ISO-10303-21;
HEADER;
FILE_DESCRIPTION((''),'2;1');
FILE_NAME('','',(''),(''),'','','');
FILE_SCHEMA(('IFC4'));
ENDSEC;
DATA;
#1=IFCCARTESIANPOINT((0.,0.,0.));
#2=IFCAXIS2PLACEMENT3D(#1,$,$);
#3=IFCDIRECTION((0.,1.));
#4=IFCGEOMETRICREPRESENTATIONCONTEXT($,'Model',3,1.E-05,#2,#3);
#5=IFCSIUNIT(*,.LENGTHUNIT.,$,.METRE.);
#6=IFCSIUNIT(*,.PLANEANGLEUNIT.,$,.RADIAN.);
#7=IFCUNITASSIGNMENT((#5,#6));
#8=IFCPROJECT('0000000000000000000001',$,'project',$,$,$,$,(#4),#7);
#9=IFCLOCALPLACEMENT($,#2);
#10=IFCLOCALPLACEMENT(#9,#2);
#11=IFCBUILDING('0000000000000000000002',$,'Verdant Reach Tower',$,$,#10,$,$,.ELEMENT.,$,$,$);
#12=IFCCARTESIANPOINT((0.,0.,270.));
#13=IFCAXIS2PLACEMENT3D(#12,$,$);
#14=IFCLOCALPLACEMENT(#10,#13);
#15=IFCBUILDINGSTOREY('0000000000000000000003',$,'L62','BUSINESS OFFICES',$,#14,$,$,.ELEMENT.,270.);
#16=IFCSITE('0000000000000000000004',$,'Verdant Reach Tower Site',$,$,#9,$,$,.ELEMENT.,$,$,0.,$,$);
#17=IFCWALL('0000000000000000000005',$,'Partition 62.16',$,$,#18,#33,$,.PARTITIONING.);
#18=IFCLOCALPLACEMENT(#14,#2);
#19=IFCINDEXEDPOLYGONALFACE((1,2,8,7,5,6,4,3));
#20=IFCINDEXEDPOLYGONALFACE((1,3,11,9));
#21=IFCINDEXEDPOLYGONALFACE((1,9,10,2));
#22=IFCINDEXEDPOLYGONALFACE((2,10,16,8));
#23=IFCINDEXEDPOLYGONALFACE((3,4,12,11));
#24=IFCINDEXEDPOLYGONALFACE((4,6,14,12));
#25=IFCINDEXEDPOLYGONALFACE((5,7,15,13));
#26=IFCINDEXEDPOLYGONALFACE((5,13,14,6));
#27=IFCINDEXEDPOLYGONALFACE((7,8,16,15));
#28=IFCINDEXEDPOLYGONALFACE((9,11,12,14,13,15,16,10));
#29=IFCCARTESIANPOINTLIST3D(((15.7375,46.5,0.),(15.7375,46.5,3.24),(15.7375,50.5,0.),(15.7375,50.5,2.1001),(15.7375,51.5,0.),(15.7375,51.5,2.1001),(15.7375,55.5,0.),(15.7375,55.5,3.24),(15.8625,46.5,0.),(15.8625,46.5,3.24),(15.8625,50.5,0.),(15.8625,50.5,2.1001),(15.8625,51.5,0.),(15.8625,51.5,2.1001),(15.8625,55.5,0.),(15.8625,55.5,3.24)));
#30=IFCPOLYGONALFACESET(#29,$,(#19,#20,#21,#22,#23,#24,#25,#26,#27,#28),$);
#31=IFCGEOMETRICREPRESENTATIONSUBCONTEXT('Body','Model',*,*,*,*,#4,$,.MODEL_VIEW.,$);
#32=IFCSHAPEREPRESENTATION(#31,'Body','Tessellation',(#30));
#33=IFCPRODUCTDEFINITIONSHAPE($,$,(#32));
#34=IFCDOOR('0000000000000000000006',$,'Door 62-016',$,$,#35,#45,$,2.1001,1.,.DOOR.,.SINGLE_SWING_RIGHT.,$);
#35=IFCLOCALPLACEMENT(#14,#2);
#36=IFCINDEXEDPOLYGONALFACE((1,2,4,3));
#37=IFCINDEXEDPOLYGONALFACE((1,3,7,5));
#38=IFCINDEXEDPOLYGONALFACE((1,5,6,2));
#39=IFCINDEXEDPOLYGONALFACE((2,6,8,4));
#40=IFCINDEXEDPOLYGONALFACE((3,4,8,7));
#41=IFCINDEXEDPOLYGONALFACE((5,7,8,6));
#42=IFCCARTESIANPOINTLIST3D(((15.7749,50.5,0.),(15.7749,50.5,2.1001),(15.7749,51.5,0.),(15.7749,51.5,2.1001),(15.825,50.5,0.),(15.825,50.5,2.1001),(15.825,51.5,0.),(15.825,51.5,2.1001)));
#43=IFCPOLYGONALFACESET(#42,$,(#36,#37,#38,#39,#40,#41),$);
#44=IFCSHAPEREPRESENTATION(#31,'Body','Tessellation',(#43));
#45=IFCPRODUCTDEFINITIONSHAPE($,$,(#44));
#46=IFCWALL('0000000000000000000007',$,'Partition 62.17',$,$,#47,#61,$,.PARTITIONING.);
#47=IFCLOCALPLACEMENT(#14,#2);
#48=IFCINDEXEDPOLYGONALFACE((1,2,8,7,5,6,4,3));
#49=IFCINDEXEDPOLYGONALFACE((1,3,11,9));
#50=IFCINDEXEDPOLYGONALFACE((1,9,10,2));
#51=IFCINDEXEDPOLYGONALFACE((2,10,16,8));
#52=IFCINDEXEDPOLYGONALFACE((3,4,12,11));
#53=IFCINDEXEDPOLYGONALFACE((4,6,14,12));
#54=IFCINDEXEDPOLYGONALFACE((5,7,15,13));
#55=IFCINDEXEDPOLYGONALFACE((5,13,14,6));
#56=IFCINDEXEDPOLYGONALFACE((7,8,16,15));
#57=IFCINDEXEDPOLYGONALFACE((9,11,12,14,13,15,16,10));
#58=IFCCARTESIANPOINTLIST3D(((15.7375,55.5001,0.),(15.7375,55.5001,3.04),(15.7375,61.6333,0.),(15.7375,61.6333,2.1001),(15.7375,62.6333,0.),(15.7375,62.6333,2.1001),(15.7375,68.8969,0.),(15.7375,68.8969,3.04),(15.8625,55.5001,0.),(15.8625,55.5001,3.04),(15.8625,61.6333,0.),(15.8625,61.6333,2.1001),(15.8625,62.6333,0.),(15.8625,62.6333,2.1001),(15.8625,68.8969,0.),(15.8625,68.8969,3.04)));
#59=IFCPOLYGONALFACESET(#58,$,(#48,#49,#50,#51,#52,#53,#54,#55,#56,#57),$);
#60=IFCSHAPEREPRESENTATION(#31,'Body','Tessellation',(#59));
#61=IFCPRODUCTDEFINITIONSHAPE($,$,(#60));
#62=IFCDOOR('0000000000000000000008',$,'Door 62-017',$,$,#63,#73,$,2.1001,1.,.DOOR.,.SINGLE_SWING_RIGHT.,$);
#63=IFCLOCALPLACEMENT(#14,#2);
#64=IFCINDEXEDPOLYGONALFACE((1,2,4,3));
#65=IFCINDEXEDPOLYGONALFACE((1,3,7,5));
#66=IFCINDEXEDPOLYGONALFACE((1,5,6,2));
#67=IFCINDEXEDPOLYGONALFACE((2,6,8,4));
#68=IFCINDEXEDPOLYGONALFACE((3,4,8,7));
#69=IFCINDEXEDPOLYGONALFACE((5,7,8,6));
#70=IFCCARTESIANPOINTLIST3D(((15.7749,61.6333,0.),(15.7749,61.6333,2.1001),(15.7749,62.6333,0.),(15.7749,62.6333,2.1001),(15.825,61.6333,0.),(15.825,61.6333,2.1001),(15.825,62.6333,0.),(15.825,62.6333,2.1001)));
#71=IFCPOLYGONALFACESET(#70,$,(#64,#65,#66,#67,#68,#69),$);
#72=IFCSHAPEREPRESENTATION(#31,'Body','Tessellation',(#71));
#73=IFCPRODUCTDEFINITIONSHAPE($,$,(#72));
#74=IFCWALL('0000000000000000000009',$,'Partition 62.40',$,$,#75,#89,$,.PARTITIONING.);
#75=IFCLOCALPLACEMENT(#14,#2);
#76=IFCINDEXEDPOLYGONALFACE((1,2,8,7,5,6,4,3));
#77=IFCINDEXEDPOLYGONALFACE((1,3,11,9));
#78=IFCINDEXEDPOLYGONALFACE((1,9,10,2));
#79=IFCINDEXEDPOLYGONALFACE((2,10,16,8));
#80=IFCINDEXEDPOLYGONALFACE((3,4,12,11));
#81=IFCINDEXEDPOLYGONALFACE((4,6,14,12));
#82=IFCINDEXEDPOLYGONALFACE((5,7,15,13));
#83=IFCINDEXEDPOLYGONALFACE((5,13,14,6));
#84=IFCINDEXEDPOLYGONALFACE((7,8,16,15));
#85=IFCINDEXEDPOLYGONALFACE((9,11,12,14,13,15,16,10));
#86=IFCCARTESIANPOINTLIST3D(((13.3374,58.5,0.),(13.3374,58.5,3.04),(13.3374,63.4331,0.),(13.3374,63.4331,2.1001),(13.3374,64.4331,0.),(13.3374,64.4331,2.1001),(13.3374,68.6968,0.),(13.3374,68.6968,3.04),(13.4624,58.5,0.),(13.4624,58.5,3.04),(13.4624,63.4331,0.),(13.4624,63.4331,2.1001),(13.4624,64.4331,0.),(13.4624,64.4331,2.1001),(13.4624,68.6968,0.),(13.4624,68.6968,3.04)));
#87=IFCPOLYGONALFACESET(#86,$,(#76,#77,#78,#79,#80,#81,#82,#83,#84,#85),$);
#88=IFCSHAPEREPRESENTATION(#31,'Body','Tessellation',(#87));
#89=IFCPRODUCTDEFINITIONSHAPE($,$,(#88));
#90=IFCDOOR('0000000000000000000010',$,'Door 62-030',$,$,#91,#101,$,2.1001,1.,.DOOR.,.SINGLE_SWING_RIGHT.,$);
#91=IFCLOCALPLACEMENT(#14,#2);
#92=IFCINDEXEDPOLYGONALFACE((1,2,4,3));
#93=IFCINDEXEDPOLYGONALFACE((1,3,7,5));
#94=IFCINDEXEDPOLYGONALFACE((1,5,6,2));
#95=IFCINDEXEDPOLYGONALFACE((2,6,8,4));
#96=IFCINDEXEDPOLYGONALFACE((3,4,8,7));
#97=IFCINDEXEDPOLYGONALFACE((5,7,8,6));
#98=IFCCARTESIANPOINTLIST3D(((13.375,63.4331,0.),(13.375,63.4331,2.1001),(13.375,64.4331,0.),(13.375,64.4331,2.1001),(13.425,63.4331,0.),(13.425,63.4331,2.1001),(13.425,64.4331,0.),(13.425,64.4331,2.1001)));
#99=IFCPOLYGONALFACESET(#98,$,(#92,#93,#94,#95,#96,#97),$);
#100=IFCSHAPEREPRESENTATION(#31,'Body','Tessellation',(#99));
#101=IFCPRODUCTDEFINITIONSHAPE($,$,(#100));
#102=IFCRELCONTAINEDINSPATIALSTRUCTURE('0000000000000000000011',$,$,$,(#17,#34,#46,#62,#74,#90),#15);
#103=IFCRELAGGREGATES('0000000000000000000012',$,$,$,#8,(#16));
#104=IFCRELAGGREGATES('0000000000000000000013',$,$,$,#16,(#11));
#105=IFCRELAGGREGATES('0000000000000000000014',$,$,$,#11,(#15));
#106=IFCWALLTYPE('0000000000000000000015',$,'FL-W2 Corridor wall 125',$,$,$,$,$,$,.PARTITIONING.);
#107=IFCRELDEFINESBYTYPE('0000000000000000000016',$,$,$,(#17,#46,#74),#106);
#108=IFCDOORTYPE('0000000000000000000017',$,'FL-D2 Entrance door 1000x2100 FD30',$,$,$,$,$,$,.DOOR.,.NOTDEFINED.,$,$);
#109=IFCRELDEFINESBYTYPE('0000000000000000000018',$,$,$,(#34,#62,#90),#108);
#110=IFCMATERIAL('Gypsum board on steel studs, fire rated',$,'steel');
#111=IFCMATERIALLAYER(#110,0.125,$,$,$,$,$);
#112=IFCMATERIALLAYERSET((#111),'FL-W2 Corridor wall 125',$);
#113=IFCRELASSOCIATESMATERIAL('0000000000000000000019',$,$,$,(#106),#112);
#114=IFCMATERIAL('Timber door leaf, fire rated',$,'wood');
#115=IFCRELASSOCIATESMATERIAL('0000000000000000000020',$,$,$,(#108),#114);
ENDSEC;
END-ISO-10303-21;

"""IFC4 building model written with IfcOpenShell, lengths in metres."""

from ifc_helpers import new_model, si_unit, direction, frame, frame_2d, origin, place, context, subcontext, project, spatial, rectangle, extrude, material, layer, layer_set, type_object, element, fill, save


model = new_model("IFC4")

# Units and contexts
model_context = context("Model", 3, precision=1e-05, world=origin(), true_north=direction((0.0, 1.0)))
body_context = subcontext(model_context, "Body", "Model", "MODEL_VIEW")
ifc_project = project(units=[si_unit("LENGTHUNIT", "METRE"), si_unit("PLANEANGLEUNIT", "RADIAN")], contexts=[model_context])

# Site, building, storey
site_placement = place(None, origin())
site = spatial("IfcSite", under=ifc_project, at=site_placement, Name="Verdant Reach Tower Site", CompositionType="ELEMENT", RefElevation=0.0)
building_placement = place(site_placement, origin())
building = spatial("IfcBuilding", under=site, at=building_placement, Name="Verdant Reach Tower", CompositionType="ELEMENT")
storey_placement = place(building_placement, frame((0.0, 0.0, 270.0)))
storey = spatial("IfcBuildingStorey", under=building, at=storey_placement, Name="L62", Description="BUSINESS OFFICES", CompositionType="ELEMENT", Elevation=270.0)

# Walls, openings, doors
ifc_material_1 = material(Name="Gypsum board on steel studs, fire rated", Category="steel")
ifc_layer_1 = layer(ifc_material_1, 0.125)
ifc_layer_set_1 = layer_set([ifc_layer_1], Name="FL-W2 Corridor wall 125")
wall_type_1 = type_object("IfcWallType", Name="FL-W2 Corridor wall 125", PredefinedType="PARTITIONING", material=ifc_layer_set_1)
wall_1_placement = place(storey_placement, frame((15.8, 55.5, 0.0), z_axis=(0.0, 0.0, 1.0), x_axis=(0.0, -1.0, 0.0)))
wall_1 = element("IfcWall", 1, at=wall_1_placement, inside=storey, type_object=wall_type_1, Name="Partition 62.16", PredefinedType="PARTITIONING", context=body_context, shape_type="SweptSolid", body=[
    extrude(rectangle(XDim=9.0, YDim=0.125, at=frame_2d((4.5, 0.0))), origin(), (0.0, 0.0, 1.0), 3.24),
])
opening_1_placement = place(wall_1_placement, frame((4.0, 0.0, 0.0)))
opening_1 = element("IfcOpeningElement", 2, at=opening_1_placement, cuts=wall_1, PredefinedType="OPENING", context=body_context, shape_type="SweptSolid", body=[
    extrude(rectangle(XDim=1.0, YDim=2.1001, at=frame_2d((0.5, 1.05))), frame((0.0, 0.0725, 0.0), z_axis=(0.0, -1.0, 0.0), x_axis=(1.0, 0.0, 0.0)), (0.0, 0.0, 1.0), 0.145),
])
ifc_material_2 = material(Name="Timber door leaf, fire rated", Category="wood")
door_type = type_object("IfcDoorType", Name="FL-D2 Entrance door 1000x2100 FD30", OperationType="NOTDEFINED", PredefinedType="DOOR", material=ifc_material_2)
door_1_placement = place(opening_1_placement, origin())
door_1 = element("IfcDoor", 3, at=door_1_placement, inside=storey, type_object=door_type, Name="Door 62-016", OperationType="SINGLE_SWING_RIGHT", OverallHeight=2.1001, OverallWidth=1.0, PredefinedType="DOOR", context=body_context, shape_type="SweptSolid", body=[
    extrude(rectangle(XDim=1.0, YDim=2.1001, at=frame_2d((0.5, 1.05))), frame((0.0, 0.0249, 0.0), z_axis=(0.0, -1.0, 0.0), x_axis=(1.0, 0.0, 0.0)), (0.0, 0.0, 1.0), 0.05),
])
fill(opening_1, door_1)
wall_2_placement = place(storey_placement, frame((15.8, 68.8967, 0.0), z_axis=(0.0, 0.0, 1.0), x_axis=(0.0, -1.0, 0.0)))
wall_2 = element("IfcWall", 4, at=wall_2_placement, inside=storey, type_object=wall_type_1, Name="Partition 62.17", PredefinedType="PARTITIONING", context=body_context, shape_type="SweptSolid", body=[
    extrude(rectangle(XDim=13.3967, YDim=0.125, at=frame_2d((6.6982, 0.0))), origin(), (0.0, 0.0, 1.0), 3.04),
])
opening_2_placement = place(wall_2_placement, frame((6.2634, 0.0, 0.0)))
opening_2 = element("IfcOpeningElement", 5, at=opening_2_placement, cuts=wall_2, PredefinedType="OPENING", context=body_context, shape_type="SweptSolid", body=[
    extrude(rectangle(XDim=1.0, YDim=2.1001, at=frame_2d((0.5, 1.05))), frame((0.0, 0.0725, 0.0), z_axis=(0.0, -1.0, 0.0), x_axis=(1.0, 0.0, 0.0)), (0.0, 0.0, 1.0), 0.145),
])
door_2_placement = place(opening_2_placement, origin())
door_2 = element("IfcDoor", 6, at=door_2_placement, inside=storey, type_object=door_type, Name="Door 62-017", OperationType="SINGLE_SWING_RIGHT", OverallHeight=2.1001, OverallWidth=1.0, PredefinedType="DOOR", context=body_context, shape_type="SweptSolid", body=[
    extrude(rectangle(XDim=1.0, YDim=2.1001, at=frame_2d((0.5, 1.05))), frame((0.0, 0.0249, 0.0), z_axis=(0.0, -1.0, 0.0), x_axis=(1.0, 0.0, 0.0)), (0.0, 0.0, 1.0), 0.05),
])
fill(opening_2, door_2)
wall_3_placement = place(storey_placement, frame((13.3999, 58.5, 0.0), z_axis=(0.0, 0.0, 1.0), x_axis=(0.0, 1.0, 0.0)))
wall_3 = element("IfcWall", 7, at=wall_3_placement, inside=storey, type_object=wall_type_1, Name="Partition 62.40", PredefinedType="PARTITIONING", context=body_context, shape_type="SweptSolid", body=[
    extrude(rectangle(XDim=10.1968, YDim=0.125, at=frame_2d((5.0984, 0.0))), origin(), (0.0, 0.0, 1.0), 3.04),
])
opening_3_placement = place(wall_3_placement, frame((4.9331, 0.0, 0.0)))
opening_3 = element("IfcOpeningElement", 8, at=opening_3_placement, cuts=wall_3, PredefinedType="OPENING", context=body_context, shape_type="SweptSolid", body=[
    extrude(rectangle(XDim=1.0, YDim=2.1001, at=frame_2d((0.5, 1.05))), frame((0.0, 0.0725, 0.0), z_axis=(0.0, -1.0, 0.0), x_axis=(1.0, 0.0, 0.0)), (0.0, 0.0, 1.0), 0.145),
])
door_3_placement = place(opening_3_placement, origin())
door_3 = element("IfcDoor", 9, at=door_3_placement, inside=storey, type_object=door_type, Name="Door 62-030", OperationType="SINGLE_SWING_RIGHT", OverallHeight=2.1001, OverallWidth=1.0, PredefinedType="DOOR", context=body_context, shape_type="SweptSolid", body=[
    extrude(rectangle(XDim=1.0, YDim=2.1001, at=frame_2d((0.5, 1.05))), frame((0.0, 0.0249, 0.0), z_axis=(0.0, -1.0, 0.0), x_axis=(1.0, 0.0, 0.0)), (0.0, 0.0, 1.0), 0.05),
])
fill(opening_3, door_3)

save(model, "model.ifc")
